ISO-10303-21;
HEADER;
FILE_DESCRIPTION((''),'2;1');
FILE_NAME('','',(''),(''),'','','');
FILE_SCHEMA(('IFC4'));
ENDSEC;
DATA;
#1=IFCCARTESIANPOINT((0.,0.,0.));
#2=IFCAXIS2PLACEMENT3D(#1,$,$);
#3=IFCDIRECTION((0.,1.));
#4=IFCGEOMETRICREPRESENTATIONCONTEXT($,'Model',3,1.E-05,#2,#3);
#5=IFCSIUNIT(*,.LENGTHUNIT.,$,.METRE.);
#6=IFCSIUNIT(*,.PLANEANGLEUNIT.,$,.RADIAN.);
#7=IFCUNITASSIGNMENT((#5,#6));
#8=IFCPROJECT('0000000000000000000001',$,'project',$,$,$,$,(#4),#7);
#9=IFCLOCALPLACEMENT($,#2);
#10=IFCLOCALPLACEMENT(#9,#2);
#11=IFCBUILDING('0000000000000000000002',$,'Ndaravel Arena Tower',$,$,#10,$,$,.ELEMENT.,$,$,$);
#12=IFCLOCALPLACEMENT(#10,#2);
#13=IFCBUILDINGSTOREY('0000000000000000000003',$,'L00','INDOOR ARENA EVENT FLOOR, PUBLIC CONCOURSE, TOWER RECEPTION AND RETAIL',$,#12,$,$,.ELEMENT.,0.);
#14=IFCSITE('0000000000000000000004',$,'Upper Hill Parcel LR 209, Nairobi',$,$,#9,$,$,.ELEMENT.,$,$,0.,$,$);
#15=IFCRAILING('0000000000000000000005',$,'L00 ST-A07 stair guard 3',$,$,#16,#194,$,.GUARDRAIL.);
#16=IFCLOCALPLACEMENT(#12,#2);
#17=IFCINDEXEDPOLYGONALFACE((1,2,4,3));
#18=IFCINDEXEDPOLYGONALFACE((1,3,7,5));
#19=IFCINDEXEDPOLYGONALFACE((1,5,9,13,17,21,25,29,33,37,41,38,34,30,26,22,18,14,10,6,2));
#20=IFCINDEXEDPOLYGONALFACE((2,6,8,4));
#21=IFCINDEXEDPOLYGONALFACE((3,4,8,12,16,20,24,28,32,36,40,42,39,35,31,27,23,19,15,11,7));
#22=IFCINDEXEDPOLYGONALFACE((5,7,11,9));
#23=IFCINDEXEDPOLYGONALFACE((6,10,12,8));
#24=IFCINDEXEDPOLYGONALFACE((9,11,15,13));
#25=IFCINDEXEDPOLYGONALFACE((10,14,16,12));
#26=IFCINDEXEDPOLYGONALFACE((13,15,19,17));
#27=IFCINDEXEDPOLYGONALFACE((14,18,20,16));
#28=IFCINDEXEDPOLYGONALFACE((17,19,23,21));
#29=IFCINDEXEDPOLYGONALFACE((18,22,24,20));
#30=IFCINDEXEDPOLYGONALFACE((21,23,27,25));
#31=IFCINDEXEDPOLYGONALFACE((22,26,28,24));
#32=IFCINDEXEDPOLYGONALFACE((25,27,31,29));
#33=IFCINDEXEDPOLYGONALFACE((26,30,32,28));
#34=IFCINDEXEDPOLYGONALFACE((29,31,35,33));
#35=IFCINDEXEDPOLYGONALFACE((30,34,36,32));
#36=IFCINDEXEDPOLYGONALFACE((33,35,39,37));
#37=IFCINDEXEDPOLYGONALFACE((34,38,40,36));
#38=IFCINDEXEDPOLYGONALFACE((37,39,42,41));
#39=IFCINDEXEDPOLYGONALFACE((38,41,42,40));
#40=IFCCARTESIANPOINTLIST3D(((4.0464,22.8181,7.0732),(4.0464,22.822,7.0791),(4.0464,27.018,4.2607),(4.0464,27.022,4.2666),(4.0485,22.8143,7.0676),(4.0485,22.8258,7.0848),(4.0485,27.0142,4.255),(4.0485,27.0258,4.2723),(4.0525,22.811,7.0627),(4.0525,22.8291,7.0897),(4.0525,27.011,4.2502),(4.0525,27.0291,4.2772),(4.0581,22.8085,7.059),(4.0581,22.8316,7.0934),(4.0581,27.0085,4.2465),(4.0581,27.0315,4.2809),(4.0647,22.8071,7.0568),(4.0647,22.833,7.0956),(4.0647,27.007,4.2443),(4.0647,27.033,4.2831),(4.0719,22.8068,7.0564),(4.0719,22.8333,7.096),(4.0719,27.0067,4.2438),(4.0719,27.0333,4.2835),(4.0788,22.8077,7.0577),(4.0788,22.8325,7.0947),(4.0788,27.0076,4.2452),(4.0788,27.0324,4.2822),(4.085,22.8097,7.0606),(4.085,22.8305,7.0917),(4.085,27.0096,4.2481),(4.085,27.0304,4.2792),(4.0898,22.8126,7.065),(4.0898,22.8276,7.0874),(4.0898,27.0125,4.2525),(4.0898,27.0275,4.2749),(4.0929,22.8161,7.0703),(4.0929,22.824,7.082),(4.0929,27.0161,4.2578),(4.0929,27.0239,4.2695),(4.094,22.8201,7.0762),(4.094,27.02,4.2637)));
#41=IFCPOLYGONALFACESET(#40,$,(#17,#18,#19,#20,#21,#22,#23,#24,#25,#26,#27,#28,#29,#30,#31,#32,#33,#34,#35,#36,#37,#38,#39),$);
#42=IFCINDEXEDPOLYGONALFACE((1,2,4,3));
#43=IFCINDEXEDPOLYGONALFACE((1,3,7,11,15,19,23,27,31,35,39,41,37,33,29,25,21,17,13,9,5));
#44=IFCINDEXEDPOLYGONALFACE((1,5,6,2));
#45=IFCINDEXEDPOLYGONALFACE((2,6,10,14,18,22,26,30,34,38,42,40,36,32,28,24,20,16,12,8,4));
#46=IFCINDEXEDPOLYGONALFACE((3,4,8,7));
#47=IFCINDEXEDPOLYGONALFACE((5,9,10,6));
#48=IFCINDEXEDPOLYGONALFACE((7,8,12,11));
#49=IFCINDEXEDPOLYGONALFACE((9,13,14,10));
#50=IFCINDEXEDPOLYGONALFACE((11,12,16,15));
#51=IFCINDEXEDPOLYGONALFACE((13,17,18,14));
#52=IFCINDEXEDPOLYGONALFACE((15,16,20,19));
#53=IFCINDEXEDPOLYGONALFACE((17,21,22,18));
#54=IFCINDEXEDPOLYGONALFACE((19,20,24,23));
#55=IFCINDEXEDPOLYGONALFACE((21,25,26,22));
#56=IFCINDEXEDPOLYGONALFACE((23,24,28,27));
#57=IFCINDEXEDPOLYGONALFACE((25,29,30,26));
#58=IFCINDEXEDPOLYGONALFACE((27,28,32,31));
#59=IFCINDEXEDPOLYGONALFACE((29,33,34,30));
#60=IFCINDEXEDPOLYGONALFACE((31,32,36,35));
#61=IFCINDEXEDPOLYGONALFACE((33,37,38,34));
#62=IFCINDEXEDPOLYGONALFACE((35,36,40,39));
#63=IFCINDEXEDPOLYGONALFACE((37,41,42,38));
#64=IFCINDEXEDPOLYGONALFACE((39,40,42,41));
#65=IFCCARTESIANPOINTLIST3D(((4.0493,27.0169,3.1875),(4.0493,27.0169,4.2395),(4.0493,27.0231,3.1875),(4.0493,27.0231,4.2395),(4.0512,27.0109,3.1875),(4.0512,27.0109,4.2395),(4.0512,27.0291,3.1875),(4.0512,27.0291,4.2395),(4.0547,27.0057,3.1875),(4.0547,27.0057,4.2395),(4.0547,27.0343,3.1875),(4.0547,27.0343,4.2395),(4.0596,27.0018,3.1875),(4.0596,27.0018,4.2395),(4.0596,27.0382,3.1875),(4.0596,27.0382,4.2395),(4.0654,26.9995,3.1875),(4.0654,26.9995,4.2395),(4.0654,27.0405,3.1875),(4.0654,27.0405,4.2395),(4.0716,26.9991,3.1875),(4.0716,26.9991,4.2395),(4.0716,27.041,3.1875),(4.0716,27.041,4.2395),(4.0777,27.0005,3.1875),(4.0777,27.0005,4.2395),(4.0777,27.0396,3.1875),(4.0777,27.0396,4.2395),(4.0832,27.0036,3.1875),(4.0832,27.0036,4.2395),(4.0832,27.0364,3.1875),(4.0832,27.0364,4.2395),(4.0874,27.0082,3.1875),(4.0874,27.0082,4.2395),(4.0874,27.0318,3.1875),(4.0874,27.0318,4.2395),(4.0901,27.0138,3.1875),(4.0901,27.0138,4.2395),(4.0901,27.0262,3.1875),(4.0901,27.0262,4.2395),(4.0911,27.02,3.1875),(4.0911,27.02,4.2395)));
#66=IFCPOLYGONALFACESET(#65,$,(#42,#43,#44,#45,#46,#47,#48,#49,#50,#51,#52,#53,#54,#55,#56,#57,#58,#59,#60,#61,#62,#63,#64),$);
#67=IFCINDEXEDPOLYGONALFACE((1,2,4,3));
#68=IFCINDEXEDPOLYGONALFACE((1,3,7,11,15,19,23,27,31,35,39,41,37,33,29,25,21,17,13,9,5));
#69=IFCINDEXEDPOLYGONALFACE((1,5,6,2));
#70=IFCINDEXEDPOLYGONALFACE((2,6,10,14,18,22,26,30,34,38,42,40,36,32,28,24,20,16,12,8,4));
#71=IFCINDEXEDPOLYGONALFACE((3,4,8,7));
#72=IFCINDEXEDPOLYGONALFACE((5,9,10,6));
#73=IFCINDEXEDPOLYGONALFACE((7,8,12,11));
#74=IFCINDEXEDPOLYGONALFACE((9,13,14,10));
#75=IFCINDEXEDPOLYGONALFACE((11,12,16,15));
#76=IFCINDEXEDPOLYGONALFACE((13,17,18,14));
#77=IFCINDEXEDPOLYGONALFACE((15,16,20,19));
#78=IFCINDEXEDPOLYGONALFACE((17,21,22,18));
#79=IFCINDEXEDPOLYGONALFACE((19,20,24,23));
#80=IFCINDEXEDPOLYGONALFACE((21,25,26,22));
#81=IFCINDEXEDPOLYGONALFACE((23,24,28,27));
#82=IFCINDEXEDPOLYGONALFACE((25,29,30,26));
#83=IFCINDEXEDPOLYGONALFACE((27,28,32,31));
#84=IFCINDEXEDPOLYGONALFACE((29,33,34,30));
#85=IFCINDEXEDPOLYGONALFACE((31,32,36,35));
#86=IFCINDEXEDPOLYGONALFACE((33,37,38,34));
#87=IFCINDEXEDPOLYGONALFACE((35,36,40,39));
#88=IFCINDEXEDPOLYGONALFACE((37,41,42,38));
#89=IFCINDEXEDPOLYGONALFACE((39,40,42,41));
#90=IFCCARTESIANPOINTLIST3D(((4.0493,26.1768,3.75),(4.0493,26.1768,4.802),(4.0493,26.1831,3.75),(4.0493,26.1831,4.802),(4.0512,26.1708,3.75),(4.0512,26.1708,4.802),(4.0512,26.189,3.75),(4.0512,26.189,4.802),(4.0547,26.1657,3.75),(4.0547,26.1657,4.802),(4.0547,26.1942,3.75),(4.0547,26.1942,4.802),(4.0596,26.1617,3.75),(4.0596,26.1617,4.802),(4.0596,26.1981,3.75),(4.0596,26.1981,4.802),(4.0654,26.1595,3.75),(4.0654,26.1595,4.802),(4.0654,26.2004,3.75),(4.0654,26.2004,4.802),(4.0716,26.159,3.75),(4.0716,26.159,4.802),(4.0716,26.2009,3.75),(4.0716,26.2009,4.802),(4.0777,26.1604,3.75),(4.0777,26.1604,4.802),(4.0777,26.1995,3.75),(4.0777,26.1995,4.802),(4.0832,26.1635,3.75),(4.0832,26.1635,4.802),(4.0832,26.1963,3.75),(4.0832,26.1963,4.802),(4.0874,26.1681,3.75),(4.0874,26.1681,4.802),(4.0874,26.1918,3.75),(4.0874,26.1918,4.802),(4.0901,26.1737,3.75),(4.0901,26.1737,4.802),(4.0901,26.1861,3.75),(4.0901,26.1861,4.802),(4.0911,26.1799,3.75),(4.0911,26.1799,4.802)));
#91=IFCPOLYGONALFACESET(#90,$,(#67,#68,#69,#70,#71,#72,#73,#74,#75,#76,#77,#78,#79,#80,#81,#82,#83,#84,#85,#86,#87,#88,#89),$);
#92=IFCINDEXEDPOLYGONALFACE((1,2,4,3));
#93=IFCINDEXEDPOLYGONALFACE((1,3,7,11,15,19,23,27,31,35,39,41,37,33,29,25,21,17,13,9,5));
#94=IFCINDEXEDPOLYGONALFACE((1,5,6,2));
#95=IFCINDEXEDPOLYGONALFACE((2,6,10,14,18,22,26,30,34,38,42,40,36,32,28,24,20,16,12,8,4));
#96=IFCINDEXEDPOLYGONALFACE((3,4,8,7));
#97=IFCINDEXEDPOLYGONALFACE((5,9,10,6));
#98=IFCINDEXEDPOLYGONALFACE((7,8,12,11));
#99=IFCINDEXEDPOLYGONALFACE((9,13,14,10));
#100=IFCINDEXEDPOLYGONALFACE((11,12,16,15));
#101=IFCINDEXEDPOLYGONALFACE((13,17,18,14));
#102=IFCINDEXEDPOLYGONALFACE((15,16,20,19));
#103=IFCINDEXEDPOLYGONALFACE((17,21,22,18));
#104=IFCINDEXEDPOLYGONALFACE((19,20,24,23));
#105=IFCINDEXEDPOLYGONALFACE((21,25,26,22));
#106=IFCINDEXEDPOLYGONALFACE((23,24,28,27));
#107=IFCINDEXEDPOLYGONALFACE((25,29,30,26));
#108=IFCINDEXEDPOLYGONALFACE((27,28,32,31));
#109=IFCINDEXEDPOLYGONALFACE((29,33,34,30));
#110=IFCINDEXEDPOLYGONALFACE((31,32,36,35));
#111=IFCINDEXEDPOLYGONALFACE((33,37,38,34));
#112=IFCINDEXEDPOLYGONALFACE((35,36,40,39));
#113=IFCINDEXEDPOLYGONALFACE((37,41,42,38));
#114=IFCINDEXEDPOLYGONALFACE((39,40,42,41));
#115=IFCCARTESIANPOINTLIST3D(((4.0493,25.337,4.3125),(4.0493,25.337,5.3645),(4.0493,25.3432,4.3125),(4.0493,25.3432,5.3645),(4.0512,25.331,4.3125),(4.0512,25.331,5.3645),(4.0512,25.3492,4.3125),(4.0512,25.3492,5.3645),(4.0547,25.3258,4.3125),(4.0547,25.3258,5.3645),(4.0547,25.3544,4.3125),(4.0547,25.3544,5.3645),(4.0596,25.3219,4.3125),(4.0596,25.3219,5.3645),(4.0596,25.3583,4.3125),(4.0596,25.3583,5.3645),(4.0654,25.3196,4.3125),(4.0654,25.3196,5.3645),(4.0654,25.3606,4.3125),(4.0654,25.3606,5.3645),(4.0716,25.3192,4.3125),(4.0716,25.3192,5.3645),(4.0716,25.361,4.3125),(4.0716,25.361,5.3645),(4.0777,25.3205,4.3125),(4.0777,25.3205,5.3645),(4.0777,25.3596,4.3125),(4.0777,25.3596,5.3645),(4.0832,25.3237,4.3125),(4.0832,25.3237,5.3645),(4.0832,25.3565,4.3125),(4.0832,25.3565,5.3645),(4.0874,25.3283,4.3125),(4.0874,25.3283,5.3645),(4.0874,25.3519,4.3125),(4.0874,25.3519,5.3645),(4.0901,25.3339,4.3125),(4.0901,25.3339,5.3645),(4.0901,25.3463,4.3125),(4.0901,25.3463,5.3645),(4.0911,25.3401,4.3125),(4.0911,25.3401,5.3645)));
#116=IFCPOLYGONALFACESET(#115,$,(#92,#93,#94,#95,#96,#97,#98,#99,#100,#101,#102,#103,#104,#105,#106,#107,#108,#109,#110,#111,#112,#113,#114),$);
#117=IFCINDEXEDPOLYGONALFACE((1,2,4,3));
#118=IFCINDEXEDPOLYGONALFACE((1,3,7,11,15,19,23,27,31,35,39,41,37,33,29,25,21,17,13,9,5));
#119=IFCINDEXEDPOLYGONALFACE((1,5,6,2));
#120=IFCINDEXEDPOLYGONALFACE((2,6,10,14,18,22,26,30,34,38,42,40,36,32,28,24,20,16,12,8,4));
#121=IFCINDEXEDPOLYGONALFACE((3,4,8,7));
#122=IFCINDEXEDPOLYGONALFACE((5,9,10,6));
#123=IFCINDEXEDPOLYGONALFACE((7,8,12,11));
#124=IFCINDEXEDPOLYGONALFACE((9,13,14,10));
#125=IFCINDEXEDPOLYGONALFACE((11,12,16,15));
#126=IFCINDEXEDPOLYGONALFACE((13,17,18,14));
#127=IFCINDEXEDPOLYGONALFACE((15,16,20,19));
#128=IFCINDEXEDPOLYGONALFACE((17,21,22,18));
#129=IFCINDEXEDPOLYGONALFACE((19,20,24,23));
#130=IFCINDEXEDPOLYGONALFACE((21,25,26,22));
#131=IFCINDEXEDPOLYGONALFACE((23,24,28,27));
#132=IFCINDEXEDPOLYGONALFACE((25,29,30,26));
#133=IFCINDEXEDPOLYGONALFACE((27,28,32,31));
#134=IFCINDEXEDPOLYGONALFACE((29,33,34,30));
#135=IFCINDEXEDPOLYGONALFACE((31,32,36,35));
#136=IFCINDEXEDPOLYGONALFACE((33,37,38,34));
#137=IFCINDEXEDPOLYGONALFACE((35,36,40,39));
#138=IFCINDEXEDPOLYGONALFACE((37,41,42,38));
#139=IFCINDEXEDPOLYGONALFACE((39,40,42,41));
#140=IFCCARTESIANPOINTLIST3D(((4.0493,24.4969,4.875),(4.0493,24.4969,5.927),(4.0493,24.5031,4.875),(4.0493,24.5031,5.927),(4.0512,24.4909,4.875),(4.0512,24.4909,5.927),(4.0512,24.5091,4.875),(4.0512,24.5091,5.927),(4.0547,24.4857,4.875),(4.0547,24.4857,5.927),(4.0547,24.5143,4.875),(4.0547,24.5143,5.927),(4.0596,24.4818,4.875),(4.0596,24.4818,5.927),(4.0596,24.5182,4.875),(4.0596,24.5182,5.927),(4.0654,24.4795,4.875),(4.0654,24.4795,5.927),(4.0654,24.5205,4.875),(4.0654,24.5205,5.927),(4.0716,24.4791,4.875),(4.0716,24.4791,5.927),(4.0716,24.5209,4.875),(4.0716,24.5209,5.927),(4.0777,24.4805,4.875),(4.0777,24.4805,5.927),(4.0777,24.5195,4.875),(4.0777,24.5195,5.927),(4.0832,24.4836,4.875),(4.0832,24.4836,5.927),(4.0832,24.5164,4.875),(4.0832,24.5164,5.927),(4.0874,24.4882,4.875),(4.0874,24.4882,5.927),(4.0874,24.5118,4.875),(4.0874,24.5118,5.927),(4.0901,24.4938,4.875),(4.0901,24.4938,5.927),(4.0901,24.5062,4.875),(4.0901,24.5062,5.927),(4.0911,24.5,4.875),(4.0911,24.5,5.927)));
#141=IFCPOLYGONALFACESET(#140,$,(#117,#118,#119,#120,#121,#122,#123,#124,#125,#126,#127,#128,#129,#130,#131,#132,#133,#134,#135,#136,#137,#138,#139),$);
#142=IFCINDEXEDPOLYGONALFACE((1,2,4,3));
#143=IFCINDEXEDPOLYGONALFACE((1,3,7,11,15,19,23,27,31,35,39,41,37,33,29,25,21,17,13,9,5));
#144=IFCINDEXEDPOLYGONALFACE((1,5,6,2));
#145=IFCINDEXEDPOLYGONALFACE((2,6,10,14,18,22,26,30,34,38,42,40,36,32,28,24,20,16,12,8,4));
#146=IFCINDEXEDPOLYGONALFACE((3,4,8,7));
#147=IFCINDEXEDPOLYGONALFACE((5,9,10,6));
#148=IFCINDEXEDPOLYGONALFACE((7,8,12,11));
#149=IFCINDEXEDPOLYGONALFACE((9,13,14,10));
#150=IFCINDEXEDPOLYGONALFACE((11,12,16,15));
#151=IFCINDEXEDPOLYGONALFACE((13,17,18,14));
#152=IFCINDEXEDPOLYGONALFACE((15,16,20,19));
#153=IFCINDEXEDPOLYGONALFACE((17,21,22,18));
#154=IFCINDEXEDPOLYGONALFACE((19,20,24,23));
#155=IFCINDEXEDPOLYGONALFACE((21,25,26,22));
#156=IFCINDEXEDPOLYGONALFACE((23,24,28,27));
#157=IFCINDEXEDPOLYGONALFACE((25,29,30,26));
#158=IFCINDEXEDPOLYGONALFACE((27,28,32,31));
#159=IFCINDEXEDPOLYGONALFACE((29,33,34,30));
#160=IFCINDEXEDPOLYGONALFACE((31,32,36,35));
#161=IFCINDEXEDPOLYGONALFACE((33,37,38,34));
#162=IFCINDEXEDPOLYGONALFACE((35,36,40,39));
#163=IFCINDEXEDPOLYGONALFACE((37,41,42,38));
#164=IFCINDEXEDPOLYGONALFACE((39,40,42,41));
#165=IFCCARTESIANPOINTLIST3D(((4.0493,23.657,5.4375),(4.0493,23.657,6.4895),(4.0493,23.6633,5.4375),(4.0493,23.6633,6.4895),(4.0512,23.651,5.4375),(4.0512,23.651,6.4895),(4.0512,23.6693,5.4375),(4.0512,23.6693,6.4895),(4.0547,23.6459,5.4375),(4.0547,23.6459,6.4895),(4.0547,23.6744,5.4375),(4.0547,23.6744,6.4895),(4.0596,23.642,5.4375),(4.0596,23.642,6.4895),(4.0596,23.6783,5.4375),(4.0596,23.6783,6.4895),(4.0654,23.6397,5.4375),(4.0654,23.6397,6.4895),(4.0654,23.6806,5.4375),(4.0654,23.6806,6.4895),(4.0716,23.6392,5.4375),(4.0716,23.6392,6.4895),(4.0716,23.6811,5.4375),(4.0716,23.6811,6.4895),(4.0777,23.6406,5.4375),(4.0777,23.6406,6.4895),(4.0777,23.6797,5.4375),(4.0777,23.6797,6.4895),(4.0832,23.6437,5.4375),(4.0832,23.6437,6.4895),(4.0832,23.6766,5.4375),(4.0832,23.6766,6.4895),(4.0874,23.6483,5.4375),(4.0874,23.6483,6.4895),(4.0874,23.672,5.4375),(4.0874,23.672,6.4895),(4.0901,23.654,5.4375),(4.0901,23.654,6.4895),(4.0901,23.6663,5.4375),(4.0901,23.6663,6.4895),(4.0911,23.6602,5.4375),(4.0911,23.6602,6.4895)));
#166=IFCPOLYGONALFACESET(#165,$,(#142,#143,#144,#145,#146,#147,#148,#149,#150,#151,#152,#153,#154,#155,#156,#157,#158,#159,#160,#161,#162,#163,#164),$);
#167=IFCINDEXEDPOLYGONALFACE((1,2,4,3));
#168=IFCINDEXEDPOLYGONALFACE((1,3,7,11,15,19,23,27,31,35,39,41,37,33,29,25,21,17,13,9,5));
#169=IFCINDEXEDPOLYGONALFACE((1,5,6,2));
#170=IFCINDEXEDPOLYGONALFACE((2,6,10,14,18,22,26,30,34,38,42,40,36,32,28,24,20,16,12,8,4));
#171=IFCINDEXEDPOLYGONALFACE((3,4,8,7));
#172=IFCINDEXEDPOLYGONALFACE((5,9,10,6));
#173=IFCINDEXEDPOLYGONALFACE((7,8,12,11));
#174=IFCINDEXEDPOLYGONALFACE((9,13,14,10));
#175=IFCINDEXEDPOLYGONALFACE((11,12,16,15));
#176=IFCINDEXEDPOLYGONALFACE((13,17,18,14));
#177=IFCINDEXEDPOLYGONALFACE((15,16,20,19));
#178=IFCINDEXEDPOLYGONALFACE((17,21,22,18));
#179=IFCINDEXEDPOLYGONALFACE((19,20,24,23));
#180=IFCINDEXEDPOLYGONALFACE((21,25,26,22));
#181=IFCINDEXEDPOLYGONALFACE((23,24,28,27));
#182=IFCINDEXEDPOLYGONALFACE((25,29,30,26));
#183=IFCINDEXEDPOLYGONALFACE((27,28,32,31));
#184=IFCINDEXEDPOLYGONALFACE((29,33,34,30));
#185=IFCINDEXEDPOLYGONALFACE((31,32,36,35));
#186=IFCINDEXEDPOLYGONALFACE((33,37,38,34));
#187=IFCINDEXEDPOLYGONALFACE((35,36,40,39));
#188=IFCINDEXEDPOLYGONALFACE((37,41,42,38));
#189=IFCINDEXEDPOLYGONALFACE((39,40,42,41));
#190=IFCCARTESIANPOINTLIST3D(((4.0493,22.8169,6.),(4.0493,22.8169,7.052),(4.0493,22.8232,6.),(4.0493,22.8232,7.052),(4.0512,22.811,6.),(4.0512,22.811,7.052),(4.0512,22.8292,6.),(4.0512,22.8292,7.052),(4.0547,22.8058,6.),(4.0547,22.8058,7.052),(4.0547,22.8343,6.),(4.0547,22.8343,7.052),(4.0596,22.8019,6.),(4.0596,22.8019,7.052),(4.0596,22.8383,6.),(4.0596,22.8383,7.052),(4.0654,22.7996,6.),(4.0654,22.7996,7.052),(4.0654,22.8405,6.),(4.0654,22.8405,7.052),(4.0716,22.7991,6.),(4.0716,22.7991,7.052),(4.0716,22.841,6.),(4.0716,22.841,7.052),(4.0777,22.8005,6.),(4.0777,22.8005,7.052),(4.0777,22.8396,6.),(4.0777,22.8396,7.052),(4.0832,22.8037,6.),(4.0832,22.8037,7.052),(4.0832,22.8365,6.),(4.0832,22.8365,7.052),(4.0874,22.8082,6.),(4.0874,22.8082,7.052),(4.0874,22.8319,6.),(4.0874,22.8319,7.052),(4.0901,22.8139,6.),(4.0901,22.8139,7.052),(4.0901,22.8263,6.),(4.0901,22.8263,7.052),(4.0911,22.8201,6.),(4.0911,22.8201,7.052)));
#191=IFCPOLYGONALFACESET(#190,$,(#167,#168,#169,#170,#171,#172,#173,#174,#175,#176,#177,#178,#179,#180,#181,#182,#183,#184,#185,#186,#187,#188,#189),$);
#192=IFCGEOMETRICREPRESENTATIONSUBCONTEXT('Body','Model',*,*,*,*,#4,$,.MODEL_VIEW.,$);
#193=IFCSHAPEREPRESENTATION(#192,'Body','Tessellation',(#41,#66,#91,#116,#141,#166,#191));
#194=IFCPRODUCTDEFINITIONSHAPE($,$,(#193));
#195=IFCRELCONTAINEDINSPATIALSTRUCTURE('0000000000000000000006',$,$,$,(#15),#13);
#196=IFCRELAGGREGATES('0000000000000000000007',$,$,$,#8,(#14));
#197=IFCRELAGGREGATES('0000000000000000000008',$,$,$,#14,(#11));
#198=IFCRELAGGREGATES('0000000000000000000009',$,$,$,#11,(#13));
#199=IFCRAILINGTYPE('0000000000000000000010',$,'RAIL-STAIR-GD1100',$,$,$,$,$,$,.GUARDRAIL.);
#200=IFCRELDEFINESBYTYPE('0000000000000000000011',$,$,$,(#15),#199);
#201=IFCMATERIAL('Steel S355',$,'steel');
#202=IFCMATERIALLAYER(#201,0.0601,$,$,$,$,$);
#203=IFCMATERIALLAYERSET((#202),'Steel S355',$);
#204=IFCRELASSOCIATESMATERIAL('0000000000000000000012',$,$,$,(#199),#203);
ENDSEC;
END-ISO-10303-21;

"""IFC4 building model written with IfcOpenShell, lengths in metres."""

from ifc_helpers import new_model, si_unit, direction, frame, origin, origin_2d, place, context, subcontext, project, spatial, circle, extrude, material, layer, layer_set, type_object, element, save


model = new_model("IFC4")

# Units and contexts
model_context = context("Model", 3, precision=1e-05, world=origin(), true_north=direction((0.0, 1.0)))
body_context = subcontext(model_context, "Body", "Model", "MODEL_VIEW")
ifc_project = project(units=[si_unit("LENGTHUNIT", "METRE"), si_unit("PLANEANGLEUNIT", "RADIAN")], contexts=[model_context])

# Site, building, storey
site_placement = place(None, origin())
site = spatial("IfcSite", under=ifc_project, at=site_placement, Name="Upper Hill Parcel LR 209, Nairobi", CompositionType="ELEMENT", RefElevation=0.0)
building_placement = place(site_placement, origin())
building = spatial("IfcBuilding", under=site, at=building_placement, Name="Ndaravel Arena Tower", CompositionType="ELEMENT")
storey_placement = place(building_placement, origin())
storey = spatial("IfcBuildingStorey", under=building, at=storey_placement, Name="L00", Description="INDOOR ARENA EVENT FLOOR, PUBLIC CONCOURSE, TOWER RECEPTION AND RETAIL", CompositionType="ELEMENT", Elevation=0.0)

# Railing
ifc_material_1 = material(Name="Steel S355", Category="steel")
ifc_layer_1 = layer(ifc_material_1, 0.0601)
ifc_layer_set_1 = layer_set([ifc_layer_1], Name="Steel S355")
railing_type_1 = type_object("IfcRailingType", Name="RAIL-STAIR-GD1100", PredefinedType="GUARDRAIL", material=ifc_layer_set_1)
railing_1_placement = place(storey_placement, frame((4.0701, 27.02, 3.1875)))
element("IfcRailing", 1, at=railing_1_placement, inside=storey, type_object=railing_type_1, Name="L00 ST-A07 stair guard 3", PredefinedType="GUARDRAIL", context=body_context, shape_type="SweptSolid", body=[
    extrude(circle(Radius=0.0239, at=origin_2d()), frame((0.0, 0.0, 1.0762), z_axis=(0.0, -0.830904, 0.556416), x_axis=(1.0, 0.0, 0.0)), (0.0, 0.0, 1.0), 5.0547),
    extrude(circle(Radius=0.021, at=origin_2d()), origin(), (0.0, 0.0, 1.0), 1.052),
    extrude(circle(Radius=0.021, at=origin_2d()), frame((0.0, -0.8401, 0.5625)), (0.0, 0.0, 1.0), 1.052),
    extrude(circle(Radius=0.021, at=origin_2d()), frame((0.0, -1.6799, 1.125)), (0.0, 0.0, 1.0), 1.052),
    extrude(circle(Radius=0.021, at=origin_2d()), frame((0.0, -2.52, 1.6875)), (0.0, 0.0, 1.0), 1.052),
    extrude(circle(Radius=0.021, at=origin_2d()), frame((0.0, -3.3599, 2.25)), (0.0, 0.0, 1.0), 1.052),
    extrude(circle(Radius=0.021, at=origin_2d()), frame((0.0, -4.2, 2.8125)), (0.0, 0.0, 1.0), 1.052),
])

save(model, "model.ifc")
